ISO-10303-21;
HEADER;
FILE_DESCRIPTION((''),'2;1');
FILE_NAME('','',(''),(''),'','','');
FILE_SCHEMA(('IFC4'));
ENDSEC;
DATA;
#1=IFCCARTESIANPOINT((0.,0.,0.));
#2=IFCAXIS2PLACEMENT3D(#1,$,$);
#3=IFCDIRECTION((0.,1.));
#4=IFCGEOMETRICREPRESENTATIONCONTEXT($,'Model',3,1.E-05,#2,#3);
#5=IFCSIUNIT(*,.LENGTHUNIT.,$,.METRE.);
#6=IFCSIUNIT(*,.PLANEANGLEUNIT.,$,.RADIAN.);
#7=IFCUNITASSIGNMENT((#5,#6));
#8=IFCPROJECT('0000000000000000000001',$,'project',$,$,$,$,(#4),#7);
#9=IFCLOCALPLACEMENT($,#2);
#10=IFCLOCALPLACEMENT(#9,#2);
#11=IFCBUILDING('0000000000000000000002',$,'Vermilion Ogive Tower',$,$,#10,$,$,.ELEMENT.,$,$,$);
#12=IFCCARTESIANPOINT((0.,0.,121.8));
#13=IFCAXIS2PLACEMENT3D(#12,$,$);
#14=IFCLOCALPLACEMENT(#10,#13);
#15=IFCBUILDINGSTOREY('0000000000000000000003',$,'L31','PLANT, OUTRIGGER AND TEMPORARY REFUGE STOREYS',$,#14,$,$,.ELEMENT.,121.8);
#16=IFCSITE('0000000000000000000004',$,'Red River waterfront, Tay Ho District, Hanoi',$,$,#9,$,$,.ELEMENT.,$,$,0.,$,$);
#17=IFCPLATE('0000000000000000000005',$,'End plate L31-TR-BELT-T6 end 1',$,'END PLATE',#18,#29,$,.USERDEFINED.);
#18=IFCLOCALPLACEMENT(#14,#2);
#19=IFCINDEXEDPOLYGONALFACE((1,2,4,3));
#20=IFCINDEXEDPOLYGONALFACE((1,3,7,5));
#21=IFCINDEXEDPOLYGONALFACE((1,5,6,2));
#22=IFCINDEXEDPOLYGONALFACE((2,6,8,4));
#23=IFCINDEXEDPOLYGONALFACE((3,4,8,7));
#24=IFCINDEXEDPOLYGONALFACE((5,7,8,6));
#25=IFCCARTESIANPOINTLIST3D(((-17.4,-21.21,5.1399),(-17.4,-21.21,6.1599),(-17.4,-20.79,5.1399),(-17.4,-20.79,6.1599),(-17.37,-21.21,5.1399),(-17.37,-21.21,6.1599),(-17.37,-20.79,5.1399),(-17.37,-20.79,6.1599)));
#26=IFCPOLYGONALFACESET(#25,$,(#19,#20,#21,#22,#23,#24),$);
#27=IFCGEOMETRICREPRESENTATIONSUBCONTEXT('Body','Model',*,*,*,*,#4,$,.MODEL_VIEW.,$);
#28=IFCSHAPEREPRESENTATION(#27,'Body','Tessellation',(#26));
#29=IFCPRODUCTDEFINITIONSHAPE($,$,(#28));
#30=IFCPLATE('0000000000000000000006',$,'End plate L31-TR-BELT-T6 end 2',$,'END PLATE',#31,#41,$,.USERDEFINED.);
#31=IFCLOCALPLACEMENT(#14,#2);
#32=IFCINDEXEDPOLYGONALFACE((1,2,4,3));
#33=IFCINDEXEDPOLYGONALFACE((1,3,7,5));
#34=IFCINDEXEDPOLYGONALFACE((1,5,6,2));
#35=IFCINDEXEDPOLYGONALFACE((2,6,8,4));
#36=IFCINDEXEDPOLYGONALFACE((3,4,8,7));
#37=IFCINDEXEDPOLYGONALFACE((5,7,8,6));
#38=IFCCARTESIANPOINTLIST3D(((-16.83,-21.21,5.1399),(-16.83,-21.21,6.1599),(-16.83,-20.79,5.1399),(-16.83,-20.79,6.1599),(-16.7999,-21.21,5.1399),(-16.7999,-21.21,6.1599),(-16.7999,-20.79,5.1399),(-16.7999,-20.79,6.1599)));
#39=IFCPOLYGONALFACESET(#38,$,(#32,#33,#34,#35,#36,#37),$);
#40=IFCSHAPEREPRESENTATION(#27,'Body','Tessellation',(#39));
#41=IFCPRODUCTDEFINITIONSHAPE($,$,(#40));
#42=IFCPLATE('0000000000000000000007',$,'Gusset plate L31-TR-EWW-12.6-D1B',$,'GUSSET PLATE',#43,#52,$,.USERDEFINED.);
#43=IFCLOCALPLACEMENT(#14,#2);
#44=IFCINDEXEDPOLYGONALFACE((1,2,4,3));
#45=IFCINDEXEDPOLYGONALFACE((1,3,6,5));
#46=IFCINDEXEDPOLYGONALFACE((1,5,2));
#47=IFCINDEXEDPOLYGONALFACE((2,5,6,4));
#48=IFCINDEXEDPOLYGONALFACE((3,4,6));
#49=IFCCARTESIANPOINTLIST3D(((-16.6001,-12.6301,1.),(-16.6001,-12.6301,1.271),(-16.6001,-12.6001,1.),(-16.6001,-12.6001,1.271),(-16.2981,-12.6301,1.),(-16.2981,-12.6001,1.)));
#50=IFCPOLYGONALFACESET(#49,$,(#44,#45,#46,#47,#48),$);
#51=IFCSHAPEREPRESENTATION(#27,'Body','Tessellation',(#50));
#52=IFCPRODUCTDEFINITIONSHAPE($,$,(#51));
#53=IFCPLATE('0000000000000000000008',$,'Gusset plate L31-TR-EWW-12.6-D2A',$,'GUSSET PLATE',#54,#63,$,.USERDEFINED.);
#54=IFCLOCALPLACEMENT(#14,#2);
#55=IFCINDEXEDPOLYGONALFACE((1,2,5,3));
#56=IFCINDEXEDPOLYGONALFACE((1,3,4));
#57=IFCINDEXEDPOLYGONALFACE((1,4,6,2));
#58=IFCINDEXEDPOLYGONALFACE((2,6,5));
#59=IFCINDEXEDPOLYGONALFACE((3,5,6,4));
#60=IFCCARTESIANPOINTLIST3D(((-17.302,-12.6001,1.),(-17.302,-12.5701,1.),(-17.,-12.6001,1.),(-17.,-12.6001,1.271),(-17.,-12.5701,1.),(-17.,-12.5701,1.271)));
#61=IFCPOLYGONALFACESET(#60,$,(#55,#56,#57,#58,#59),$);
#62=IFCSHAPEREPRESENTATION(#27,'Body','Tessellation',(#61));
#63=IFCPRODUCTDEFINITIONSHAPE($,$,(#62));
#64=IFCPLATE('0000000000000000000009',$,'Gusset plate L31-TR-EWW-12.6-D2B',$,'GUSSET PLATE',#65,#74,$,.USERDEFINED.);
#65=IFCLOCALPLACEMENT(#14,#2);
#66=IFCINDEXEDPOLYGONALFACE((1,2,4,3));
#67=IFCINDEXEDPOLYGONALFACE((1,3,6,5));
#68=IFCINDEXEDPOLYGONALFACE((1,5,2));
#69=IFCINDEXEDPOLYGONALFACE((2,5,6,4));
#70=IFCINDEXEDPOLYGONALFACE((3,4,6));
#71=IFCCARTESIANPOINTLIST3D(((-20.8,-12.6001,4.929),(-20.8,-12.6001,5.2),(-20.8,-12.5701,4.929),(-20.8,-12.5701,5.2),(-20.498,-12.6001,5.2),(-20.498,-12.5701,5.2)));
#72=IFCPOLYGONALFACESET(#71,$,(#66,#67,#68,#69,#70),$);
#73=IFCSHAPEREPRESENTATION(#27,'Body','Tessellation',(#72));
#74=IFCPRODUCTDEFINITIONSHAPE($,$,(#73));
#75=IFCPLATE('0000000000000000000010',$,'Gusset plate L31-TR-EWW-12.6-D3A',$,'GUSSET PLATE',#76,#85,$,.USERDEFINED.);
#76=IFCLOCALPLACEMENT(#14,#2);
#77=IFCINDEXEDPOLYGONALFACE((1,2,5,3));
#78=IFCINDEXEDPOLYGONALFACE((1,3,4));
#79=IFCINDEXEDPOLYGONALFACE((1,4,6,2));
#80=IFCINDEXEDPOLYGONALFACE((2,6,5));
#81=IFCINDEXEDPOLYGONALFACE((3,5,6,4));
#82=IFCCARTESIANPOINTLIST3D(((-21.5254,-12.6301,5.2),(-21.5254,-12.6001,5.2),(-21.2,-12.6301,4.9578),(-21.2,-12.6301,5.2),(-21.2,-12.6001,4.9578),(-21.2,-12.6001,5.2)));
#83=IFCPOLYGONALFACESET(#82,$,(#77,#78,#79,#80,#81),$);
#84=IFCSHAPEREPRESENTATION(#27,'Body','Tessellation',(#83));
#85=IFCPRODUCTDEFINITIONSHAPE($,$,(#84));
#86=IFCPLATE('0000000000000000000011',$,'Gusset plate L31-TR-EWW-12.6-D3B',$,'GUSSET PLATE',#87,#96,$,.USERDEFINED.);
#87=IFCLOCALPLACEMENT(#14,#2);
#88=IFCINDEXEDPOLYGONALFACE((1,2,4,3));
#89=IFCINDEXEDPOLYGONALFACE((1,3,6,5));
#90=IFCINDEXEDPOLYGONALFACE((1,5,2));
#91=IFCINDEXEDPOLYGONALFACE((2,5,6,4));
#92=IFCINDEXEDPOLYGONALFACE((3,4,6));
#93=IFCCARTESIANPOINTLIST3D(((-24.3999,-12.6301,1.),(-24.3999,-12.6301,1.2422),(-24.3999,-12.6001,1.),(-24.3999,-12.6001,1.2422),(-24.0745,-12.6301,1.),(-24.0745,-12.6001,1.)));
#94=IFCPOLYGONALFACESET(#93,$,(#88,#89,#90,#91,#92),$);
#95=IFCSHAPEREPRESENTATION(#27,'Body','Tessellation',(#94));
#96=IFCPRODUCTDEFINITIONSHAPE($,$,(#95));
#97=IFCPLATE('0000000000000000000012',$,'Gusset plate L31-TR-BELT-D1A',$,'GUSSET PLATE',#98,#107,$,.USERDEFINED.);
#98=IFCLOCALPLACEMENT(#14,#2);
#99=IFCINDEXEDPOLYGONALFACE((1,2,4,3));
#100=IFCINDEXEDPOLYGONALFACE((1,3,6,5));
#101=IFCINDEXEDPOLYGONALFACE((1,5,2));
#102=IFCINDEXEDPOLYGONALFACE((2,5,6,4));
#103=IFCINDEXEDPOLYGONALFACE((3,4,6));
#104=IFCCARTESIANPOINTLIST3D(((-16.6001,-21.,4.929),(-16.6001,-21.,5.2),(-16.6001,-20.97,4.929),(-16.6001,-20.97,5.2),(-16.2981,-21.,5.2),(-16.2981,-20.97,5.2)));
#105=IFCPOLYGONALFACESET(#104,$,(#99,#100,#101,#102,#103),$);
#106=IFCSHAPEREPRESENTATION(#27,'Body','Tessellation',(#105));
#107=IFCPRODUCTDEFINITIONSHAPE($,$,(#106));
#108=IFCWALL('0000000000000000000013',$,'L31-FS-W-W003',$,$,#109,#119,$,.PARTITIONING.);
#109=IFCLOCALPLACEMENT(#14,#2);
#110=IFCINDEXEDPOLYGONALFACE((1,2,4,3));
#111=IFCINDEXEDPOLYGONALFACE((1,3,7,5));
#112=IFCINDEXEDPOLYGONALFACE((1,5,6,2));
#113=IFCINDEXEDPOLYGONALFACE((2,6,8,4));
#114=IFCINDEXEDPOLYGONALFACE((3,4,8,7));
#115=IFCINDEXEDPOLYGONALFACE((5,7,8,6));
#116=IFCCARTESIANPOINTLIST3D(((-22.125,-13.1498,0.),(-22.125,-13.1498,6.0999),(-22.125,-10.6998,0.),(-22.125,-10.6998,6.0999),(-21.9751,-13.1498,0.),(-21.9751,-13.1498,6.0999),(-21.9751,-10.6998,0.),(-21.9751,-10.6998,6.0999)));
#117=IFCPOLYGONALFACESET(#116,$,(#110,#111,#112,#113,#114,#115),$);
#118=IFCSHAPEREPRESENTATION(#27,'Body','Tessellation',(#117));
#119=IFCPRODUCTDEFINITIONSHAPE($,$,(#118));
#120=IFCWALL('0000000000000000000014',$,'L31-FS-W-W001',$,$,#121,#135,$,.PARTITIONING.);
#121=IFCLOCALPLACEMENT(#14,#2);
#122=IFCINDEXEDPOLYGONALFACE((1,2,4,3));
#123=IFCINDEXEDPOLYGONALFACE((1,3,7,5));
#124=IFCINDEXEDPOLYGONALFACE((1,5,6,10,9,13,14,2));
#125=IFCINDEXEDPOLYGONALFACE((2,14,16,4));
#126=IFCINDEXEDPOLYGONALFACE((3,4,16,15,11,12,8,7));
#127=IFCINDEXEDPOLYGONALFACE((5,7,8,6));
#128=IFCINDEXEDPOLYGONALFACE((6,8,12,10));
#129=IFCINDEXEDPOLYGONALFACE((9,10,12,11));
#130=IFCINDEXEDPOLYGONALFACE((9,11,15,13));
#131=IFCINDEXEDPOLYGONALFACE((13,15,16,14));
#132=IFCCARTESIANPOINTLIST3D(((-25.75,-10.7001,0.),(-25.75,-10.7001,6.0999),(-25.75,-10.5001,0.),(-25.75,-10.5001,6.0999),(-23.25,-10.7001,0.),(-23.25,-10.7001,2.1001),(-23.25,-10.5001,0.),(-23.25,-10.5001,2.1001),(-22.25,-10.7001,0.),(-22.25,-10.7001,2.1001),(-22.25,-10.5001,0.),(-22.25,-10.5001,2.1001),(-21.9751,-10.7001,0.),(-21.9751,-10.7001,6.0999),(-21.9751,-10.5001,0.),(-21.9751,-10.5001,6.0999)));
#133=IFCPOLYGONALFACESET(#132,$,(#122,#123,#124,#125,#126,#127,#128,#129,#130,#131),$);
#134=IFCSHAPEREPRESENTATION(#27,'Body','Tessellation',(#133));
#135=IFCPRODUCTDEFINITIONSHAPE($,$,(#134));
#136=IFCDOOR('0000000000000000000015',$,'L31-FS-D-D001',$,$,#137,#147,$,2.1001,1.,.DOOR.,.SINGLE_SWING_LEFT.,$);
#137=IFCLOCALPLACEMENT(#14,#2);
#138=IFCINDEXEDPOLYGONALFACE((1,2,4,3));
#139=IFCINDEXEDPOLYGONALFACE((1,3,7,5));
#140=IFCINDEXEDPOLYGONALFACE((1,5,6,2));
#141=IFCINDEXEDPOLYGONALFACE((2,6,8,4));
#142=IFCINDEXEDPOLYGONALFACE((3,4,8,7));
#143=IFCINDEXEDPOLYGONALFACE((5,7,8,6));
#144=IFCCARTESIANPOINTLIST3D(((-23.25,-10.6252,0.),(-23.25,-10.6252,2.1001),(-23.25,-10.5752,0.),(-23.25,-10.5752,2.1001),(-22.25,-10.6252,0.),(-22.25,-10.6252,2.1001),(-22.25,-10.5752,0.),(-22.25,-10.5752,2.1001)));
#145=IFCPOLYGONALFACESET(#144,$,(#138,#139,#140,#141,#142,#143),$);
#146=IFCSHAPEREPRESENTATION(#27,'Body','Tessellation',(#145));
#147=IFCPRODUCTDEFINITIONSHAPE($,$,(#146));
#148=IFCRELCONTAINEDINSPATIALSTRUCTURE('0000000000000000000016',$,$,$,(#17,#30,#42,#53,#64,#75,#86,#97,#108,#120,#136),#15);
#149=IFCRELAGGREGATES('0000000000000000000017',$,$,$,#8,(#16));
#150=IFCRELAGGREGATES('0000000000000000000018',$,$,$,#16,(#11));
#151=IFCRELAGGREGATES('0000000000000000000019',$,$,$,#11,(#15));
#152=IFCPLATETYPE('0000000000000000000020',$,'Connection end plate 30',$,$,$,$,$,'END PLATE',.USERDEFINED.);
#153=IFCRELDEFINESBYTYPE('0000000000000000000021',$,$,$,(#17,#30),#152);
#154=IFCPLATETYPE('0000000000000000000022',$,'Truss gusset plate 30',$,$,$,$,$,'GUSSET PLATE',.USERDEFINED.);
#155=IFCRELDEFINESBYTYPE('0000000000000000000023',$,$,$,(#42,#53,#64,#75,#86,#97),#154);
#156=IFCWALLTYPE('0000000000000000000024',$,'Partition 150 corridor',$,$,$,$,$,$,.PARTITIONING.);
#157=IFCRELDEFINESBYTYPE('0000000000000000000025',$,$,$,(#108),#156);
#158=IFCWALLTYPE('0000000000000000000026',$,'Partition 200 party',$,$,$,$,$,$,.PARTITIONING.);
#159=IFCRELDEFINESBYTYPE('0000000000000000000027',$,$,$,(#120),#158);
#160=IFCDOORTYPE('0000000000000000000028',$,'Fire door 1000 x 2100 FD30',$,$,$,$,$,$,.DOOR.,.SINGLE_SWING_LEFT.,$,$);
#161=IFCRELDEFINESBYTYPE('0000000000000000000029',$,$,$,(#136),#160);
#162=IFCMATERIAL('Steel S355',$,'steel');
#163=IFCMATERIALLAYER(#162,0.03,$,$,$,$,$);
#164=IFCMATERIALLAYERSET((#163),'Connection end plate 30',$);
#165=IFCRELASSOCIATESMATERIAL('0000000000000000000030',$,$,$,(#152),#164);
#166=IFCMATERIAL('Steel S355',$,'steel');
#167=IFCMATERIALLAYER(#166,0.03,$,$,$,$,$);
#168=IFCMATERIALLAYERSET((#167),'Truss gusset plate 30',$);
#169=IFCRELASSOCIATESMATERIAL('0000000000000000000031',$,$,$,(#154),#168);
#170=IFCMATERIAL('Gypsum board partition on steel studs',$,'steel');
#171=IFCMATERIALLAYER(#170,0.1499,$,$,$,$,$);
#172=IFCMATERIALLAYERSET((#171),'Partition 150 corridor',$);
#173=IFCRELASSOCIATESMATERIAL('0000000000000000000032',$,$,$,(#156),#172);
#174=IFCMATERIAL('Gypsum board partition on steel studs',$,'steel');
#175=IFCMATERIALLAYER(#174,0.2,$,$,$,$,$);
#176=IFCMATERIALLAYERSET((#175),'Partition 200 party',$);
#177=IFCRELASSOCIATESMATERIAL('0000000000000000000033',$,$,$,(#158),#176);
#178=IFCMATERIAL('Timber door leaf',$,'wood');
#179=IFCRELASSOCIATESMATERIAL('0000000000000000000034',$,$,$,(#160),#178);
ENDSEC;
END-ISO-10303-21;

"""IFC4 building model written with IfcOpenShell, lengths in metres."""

from ifc_helpers import new_model, si_unit, direction, frame, frame_2d, origin, origin_2d, place, context, subcontext, project, spatial, polyline, rectangle, outline, extrude, material, layer, layer_set, type_object, element, fill, save


model = new_model("IFC4")

# Units and contexts
model_context = context("Model", 3, precision=1e-05, world=origin(), true_north=direction((0.0, 1.0)))
body_context = subcontext(model_context, "Body", "Model", "MODEL_VIEW")
ifc_project = project(units=[si_unit("LENGTHUNIT", "METRE"), si_unit("PLANEANGLEUNIT", "RADIAN")], contexts=[model_context])

# Site, building, storey
site_placement = place(None, origin())
site = spatial("IfcSite", under=ifc_project, at=site_placement, Name="Red River waterfront, Tay Ho District, Hanoi", CompositionType="ELEMENT", RefElevation=0.0)
building_placement = place(site_placement, origin())
building = spatial("IfcBuilding", under=site, at=building_placement, Name="Vermilion Ogive Tower", CompositionType="ELEMENT")
storey_placement = place(building_placement, frame((0.0, 0.0, 121.8)))
storey = spatial("IfcBuildingStorey", under=building, at=storey_placement, Name="L31", Description="PLANT, OUTRIGGER AND TEMPORARY REFUGE STOREYS", CompositionType="ELEMENT", Elevation=121.8)

# Plates
ifc_material_1 = material(Name="Steel S355", Category="steel")
ifc_layer_1 = layer(ifc_material_1, 0.03)
ifc_layer_set_1 = layer_set([ifc_layer_1], Name="Connection end plate 30")
plate_type_1 = type_object("IfcPlateType", Name="Connection end plate 30", ElementType="END PLATE", PredefinedType="USERDEFINED", material=ifc_layer_set_1)
for number, where, z_axis, x_axis, name in (
    (1, (-17.385, -21.0, 5.1399), (0.0, 0.0, 1.0), (1.0, 0.0, 0.0), "End plate L31-TR-BELT-T6 end 1"),
    (2, (-16.8149, -21.0, 5.1399), (0.0, 0.0, 1.0), (1.0, 0.0, 0.0), "End plate L31-TR-BELT-T6 end 2"),
):
    element("IfcPlate", number, at=place(storey_placement, frame(where, z_axis=z_axis, x_axis=x_axis)), inside=storey, type_object=plate_type_1, Name=name, ObjectType="END PLATE", PredefinedType="USERDEFINED", context=body_context, shape_type="SweptSolid", body=[
        extrude(rectangle(XDim=0.03, YDim=0.4199, at=origin_2d()), origin(), (0.0, 0.0, 1.0), 1.02),
    ])
ifc_material_2 = material(Name="Steel S355", Category="steel")
ifc_layer_2 = layer(ifc_material_2, 0.03)
ifc_layer_set_2 = layer_set([ifc_layer_2], Name="Truss gusset plate 30")
plate_type_2 = type_object("IfcPlateType", Name="Truss gusset plate 30", ElementType="GUSSET PLATE", PredefinedType="USERDEFINED", material=ifc_layer_set_2)
for number, where, z_axis, x_axis, name in (
    (3, (-16.6001, -12.6001, 1.271), (0.0, 1.0, 0.0), (0.744281, 0.0, -0.667867), "Gusset plate L31-TR-EWW-12.6-D1B"),
    (4, (-17.0, -12.6001, 1.271), (0.0, -1.0, 0.0), (-0.744281, 0.0, -0.667867), "Gusset plate L31-TR-EWW-12.6-D2A"),
    (5, (-20.8, -12.6001, 4.929), (0.0, -1.0, 0.0), (0.744281, 0.0, 0.667867), "Gusset plate L31-TR-EWW-12.6-D2B"),
):
    element("IfcPlate", number, at=place(storey_placement, frame(where, z_axis=z_axis, x_axis=x_axis)), inside=storey, type_object=plate_type_2, Name=name, ObjectType="GUSSET PLATE", PredefinedType="USERDEFINED", context=body_context, shape_type="SweptSolid", body=[
        extrude(outline(polyline([(0.0, 0.0), (0.4058, 0.0), (0.181, 0.2017), (0.0, 0.0)])), origin(), (0.0, 0.0, -1.0), 0.03),
    ])
for number, where, z_axis, x_axis, name in (
    (6, (-21.2, -12.6001, 4.9578), (0.0, 1.0, 0.0), (-0.802233, 0.0, 0.597011), "Gusset plate L31-TR-EWW-12.6-D3A"),
    (7, (-24.3999, -12.6001, 1.2422), (0.0, 1.0, 0.0), (0.802233, 0.0, -0.597011), "Gusset plate L31-TR-EWW-12.6-D3B"),
):
    element("IfcPlate", number, at=place(storey_placement, frame(where, z_axis=z_axis, x_axis=x_axis)), inside=storey, type_object=plate_type_2, Name=name, ObjectType="GUSSET PLATE", PredefinedType="USERDEFINED", context=body_context, shape_type="SweptSolid", body=[
        extrude(outline(polyline([(0.0, 0.0), (0.4057, 0.0), (0.1446, 0.1943), (0.0, 0.0)])), origin(), (0.0, 0.0, -1.0), 0.03),
    ])
plate_placement = place(storey_placement, frame((-16.6001, -21.0, 4.929), z_axis=(0.0, -1.0, 0.0), x_axis=(0.744281, 0.0, 0.667867)))
element("IfcPlate", 8, at=plate_placement, inside=storey, type_object=plate_type_2, Name="Gusset plate L31-TR-BELT-D1A", ObjectType="GUSSET PLATE", PredefinedType="USERDEFINED", context=body_context, shape_type="SweptSolid", body=[
    extrude(outline(polyline([(0.0, 0.0), (0.4058, 0.0), (0.181, 0.2017), (0.0, 0.0)])), origin(), (0.0, 0.0, -1.0), 0.03),
])

# Wall
ifc_material_3 = material(Name="Gypsum board partition on steel studs", Category="steel")
ifc_layer_3 = layer(ifc_material_3, 0.1499)
ifc_layer_set_3 = layer_set([ifc_layer_3], Name="Partition 150 corridor")
wall_type_1 = type_object("IfcWallType", Name="Partition 150 corridor", PredefinedType="PARTITIONING", material=ifc_layer_set_3)
wall_1_placement = place(storey_placement, frame((-22.05, -13.1499, 0.0), z_axis=(0.0, 0.0, 1.0), x_axis=(0.0, 1.0, 0.0)))
element("IfcWall", 9, at=wall_1_placement, inside=storey, type_object=wall_type_1, Name="L31-FS-W-W003", PredefinedType="PARTITIONING", context=body_context, shape_type="SweptSolid", body=[
    extrude(rectangle(XDim=2.45, YDim=0.1499, at=frame_2d((1.2251, 0.0))), origin(), (0.0, 0.0, 1.0), 6.0999),
])

# Wall, opening, door
ifc_material_4 = material(Name="Gypsum board partition on steel studs", Category="steel")
ifc_layer_4 = layer(ifc_material_4, 0.2)
ifc_layer_set_4 = layer_set([ifc_layer_4], Name="Partition 200 party")
wall_type_2 = type_object("IfcWallType", Name="Partition 200 party", PredefinedType="PARTITIONING", material=ifc_layer_set_4)
wall_2_placement = place(storey_placement, frame((-25.75, -10.6001, 0.0), z_axis=(0.0, 0.0, 1.0), x_axis=(1.0, 0.0, 0.0)))
wall_2 = element("IfcWall", 10, at=wall_2_placement, inside=storey, type_object=wall_type_2, Name="L31-FS-W-W001", PredefinedType="PARTITIONING", context=body_context, shape_type="SweptSolid", body=[
    extrude(rectangle(XDim=3.7749, YDim=0.2, at=frame_2d((1.8875, 0.0))), origin(), (0.0, 0.0, 1.0), 6.0999),
])
opening_placement = place(wall_2_placement, frame((2.5, 0.0, 0.0)))
opening = element("IfcOpeningElement", 11, at=opening_placement, cuts=wall_2, PredefinedType="OPENING", context=body_context, shape_type="SweptSolid", body=[
    extrude(rectangle(XDim=1.0, YDim=2.1001, at=frame_2d((0.5, 1.05))), frame((0.0, 0.1099, 0.0), z_axis=(0.0, -1.0, 0.0), x_axis=(1.0, 0.0, 0.0)), (0.0, 0.0, 1.0), 0.22),
])
ifc_material_5 = material(Name="Timber door leaf", Category="wood")
door_type = type_object("IfcDoorType", Name="Fire door 1000 x 2100 FD30", OperationType="SINGLE_SWING_LEFT", PredefinedType="DOOR", material=ifc_material_5)
door_placement = place(opening_placement, origin())
door = element("IfcDoor", 12, at=door_placement, inside=storey, type_object=door_type, Name="L31-FS-D-D001", OperationType="SINGLE_SWING_LEFT", OverallHeight=2.1001, OverallWidth=1.0, PredefinedType="DOOR", context=body_context, shape_type="SweptSolid", body=[
    extrude(rectangle(XDim=1.0, YDim=2.1001, at=frame_2d((0.5, 1.05))), frame((0.0, 0.0249, 0.0), z_axis=(0.0, -1.0, 0.0), x_axis=(1.0, 0.0, 0.0)), (0.0, 0.0, 1.0), 0.05),
])
fill(opening, door)

save(model, "model.ifc")
